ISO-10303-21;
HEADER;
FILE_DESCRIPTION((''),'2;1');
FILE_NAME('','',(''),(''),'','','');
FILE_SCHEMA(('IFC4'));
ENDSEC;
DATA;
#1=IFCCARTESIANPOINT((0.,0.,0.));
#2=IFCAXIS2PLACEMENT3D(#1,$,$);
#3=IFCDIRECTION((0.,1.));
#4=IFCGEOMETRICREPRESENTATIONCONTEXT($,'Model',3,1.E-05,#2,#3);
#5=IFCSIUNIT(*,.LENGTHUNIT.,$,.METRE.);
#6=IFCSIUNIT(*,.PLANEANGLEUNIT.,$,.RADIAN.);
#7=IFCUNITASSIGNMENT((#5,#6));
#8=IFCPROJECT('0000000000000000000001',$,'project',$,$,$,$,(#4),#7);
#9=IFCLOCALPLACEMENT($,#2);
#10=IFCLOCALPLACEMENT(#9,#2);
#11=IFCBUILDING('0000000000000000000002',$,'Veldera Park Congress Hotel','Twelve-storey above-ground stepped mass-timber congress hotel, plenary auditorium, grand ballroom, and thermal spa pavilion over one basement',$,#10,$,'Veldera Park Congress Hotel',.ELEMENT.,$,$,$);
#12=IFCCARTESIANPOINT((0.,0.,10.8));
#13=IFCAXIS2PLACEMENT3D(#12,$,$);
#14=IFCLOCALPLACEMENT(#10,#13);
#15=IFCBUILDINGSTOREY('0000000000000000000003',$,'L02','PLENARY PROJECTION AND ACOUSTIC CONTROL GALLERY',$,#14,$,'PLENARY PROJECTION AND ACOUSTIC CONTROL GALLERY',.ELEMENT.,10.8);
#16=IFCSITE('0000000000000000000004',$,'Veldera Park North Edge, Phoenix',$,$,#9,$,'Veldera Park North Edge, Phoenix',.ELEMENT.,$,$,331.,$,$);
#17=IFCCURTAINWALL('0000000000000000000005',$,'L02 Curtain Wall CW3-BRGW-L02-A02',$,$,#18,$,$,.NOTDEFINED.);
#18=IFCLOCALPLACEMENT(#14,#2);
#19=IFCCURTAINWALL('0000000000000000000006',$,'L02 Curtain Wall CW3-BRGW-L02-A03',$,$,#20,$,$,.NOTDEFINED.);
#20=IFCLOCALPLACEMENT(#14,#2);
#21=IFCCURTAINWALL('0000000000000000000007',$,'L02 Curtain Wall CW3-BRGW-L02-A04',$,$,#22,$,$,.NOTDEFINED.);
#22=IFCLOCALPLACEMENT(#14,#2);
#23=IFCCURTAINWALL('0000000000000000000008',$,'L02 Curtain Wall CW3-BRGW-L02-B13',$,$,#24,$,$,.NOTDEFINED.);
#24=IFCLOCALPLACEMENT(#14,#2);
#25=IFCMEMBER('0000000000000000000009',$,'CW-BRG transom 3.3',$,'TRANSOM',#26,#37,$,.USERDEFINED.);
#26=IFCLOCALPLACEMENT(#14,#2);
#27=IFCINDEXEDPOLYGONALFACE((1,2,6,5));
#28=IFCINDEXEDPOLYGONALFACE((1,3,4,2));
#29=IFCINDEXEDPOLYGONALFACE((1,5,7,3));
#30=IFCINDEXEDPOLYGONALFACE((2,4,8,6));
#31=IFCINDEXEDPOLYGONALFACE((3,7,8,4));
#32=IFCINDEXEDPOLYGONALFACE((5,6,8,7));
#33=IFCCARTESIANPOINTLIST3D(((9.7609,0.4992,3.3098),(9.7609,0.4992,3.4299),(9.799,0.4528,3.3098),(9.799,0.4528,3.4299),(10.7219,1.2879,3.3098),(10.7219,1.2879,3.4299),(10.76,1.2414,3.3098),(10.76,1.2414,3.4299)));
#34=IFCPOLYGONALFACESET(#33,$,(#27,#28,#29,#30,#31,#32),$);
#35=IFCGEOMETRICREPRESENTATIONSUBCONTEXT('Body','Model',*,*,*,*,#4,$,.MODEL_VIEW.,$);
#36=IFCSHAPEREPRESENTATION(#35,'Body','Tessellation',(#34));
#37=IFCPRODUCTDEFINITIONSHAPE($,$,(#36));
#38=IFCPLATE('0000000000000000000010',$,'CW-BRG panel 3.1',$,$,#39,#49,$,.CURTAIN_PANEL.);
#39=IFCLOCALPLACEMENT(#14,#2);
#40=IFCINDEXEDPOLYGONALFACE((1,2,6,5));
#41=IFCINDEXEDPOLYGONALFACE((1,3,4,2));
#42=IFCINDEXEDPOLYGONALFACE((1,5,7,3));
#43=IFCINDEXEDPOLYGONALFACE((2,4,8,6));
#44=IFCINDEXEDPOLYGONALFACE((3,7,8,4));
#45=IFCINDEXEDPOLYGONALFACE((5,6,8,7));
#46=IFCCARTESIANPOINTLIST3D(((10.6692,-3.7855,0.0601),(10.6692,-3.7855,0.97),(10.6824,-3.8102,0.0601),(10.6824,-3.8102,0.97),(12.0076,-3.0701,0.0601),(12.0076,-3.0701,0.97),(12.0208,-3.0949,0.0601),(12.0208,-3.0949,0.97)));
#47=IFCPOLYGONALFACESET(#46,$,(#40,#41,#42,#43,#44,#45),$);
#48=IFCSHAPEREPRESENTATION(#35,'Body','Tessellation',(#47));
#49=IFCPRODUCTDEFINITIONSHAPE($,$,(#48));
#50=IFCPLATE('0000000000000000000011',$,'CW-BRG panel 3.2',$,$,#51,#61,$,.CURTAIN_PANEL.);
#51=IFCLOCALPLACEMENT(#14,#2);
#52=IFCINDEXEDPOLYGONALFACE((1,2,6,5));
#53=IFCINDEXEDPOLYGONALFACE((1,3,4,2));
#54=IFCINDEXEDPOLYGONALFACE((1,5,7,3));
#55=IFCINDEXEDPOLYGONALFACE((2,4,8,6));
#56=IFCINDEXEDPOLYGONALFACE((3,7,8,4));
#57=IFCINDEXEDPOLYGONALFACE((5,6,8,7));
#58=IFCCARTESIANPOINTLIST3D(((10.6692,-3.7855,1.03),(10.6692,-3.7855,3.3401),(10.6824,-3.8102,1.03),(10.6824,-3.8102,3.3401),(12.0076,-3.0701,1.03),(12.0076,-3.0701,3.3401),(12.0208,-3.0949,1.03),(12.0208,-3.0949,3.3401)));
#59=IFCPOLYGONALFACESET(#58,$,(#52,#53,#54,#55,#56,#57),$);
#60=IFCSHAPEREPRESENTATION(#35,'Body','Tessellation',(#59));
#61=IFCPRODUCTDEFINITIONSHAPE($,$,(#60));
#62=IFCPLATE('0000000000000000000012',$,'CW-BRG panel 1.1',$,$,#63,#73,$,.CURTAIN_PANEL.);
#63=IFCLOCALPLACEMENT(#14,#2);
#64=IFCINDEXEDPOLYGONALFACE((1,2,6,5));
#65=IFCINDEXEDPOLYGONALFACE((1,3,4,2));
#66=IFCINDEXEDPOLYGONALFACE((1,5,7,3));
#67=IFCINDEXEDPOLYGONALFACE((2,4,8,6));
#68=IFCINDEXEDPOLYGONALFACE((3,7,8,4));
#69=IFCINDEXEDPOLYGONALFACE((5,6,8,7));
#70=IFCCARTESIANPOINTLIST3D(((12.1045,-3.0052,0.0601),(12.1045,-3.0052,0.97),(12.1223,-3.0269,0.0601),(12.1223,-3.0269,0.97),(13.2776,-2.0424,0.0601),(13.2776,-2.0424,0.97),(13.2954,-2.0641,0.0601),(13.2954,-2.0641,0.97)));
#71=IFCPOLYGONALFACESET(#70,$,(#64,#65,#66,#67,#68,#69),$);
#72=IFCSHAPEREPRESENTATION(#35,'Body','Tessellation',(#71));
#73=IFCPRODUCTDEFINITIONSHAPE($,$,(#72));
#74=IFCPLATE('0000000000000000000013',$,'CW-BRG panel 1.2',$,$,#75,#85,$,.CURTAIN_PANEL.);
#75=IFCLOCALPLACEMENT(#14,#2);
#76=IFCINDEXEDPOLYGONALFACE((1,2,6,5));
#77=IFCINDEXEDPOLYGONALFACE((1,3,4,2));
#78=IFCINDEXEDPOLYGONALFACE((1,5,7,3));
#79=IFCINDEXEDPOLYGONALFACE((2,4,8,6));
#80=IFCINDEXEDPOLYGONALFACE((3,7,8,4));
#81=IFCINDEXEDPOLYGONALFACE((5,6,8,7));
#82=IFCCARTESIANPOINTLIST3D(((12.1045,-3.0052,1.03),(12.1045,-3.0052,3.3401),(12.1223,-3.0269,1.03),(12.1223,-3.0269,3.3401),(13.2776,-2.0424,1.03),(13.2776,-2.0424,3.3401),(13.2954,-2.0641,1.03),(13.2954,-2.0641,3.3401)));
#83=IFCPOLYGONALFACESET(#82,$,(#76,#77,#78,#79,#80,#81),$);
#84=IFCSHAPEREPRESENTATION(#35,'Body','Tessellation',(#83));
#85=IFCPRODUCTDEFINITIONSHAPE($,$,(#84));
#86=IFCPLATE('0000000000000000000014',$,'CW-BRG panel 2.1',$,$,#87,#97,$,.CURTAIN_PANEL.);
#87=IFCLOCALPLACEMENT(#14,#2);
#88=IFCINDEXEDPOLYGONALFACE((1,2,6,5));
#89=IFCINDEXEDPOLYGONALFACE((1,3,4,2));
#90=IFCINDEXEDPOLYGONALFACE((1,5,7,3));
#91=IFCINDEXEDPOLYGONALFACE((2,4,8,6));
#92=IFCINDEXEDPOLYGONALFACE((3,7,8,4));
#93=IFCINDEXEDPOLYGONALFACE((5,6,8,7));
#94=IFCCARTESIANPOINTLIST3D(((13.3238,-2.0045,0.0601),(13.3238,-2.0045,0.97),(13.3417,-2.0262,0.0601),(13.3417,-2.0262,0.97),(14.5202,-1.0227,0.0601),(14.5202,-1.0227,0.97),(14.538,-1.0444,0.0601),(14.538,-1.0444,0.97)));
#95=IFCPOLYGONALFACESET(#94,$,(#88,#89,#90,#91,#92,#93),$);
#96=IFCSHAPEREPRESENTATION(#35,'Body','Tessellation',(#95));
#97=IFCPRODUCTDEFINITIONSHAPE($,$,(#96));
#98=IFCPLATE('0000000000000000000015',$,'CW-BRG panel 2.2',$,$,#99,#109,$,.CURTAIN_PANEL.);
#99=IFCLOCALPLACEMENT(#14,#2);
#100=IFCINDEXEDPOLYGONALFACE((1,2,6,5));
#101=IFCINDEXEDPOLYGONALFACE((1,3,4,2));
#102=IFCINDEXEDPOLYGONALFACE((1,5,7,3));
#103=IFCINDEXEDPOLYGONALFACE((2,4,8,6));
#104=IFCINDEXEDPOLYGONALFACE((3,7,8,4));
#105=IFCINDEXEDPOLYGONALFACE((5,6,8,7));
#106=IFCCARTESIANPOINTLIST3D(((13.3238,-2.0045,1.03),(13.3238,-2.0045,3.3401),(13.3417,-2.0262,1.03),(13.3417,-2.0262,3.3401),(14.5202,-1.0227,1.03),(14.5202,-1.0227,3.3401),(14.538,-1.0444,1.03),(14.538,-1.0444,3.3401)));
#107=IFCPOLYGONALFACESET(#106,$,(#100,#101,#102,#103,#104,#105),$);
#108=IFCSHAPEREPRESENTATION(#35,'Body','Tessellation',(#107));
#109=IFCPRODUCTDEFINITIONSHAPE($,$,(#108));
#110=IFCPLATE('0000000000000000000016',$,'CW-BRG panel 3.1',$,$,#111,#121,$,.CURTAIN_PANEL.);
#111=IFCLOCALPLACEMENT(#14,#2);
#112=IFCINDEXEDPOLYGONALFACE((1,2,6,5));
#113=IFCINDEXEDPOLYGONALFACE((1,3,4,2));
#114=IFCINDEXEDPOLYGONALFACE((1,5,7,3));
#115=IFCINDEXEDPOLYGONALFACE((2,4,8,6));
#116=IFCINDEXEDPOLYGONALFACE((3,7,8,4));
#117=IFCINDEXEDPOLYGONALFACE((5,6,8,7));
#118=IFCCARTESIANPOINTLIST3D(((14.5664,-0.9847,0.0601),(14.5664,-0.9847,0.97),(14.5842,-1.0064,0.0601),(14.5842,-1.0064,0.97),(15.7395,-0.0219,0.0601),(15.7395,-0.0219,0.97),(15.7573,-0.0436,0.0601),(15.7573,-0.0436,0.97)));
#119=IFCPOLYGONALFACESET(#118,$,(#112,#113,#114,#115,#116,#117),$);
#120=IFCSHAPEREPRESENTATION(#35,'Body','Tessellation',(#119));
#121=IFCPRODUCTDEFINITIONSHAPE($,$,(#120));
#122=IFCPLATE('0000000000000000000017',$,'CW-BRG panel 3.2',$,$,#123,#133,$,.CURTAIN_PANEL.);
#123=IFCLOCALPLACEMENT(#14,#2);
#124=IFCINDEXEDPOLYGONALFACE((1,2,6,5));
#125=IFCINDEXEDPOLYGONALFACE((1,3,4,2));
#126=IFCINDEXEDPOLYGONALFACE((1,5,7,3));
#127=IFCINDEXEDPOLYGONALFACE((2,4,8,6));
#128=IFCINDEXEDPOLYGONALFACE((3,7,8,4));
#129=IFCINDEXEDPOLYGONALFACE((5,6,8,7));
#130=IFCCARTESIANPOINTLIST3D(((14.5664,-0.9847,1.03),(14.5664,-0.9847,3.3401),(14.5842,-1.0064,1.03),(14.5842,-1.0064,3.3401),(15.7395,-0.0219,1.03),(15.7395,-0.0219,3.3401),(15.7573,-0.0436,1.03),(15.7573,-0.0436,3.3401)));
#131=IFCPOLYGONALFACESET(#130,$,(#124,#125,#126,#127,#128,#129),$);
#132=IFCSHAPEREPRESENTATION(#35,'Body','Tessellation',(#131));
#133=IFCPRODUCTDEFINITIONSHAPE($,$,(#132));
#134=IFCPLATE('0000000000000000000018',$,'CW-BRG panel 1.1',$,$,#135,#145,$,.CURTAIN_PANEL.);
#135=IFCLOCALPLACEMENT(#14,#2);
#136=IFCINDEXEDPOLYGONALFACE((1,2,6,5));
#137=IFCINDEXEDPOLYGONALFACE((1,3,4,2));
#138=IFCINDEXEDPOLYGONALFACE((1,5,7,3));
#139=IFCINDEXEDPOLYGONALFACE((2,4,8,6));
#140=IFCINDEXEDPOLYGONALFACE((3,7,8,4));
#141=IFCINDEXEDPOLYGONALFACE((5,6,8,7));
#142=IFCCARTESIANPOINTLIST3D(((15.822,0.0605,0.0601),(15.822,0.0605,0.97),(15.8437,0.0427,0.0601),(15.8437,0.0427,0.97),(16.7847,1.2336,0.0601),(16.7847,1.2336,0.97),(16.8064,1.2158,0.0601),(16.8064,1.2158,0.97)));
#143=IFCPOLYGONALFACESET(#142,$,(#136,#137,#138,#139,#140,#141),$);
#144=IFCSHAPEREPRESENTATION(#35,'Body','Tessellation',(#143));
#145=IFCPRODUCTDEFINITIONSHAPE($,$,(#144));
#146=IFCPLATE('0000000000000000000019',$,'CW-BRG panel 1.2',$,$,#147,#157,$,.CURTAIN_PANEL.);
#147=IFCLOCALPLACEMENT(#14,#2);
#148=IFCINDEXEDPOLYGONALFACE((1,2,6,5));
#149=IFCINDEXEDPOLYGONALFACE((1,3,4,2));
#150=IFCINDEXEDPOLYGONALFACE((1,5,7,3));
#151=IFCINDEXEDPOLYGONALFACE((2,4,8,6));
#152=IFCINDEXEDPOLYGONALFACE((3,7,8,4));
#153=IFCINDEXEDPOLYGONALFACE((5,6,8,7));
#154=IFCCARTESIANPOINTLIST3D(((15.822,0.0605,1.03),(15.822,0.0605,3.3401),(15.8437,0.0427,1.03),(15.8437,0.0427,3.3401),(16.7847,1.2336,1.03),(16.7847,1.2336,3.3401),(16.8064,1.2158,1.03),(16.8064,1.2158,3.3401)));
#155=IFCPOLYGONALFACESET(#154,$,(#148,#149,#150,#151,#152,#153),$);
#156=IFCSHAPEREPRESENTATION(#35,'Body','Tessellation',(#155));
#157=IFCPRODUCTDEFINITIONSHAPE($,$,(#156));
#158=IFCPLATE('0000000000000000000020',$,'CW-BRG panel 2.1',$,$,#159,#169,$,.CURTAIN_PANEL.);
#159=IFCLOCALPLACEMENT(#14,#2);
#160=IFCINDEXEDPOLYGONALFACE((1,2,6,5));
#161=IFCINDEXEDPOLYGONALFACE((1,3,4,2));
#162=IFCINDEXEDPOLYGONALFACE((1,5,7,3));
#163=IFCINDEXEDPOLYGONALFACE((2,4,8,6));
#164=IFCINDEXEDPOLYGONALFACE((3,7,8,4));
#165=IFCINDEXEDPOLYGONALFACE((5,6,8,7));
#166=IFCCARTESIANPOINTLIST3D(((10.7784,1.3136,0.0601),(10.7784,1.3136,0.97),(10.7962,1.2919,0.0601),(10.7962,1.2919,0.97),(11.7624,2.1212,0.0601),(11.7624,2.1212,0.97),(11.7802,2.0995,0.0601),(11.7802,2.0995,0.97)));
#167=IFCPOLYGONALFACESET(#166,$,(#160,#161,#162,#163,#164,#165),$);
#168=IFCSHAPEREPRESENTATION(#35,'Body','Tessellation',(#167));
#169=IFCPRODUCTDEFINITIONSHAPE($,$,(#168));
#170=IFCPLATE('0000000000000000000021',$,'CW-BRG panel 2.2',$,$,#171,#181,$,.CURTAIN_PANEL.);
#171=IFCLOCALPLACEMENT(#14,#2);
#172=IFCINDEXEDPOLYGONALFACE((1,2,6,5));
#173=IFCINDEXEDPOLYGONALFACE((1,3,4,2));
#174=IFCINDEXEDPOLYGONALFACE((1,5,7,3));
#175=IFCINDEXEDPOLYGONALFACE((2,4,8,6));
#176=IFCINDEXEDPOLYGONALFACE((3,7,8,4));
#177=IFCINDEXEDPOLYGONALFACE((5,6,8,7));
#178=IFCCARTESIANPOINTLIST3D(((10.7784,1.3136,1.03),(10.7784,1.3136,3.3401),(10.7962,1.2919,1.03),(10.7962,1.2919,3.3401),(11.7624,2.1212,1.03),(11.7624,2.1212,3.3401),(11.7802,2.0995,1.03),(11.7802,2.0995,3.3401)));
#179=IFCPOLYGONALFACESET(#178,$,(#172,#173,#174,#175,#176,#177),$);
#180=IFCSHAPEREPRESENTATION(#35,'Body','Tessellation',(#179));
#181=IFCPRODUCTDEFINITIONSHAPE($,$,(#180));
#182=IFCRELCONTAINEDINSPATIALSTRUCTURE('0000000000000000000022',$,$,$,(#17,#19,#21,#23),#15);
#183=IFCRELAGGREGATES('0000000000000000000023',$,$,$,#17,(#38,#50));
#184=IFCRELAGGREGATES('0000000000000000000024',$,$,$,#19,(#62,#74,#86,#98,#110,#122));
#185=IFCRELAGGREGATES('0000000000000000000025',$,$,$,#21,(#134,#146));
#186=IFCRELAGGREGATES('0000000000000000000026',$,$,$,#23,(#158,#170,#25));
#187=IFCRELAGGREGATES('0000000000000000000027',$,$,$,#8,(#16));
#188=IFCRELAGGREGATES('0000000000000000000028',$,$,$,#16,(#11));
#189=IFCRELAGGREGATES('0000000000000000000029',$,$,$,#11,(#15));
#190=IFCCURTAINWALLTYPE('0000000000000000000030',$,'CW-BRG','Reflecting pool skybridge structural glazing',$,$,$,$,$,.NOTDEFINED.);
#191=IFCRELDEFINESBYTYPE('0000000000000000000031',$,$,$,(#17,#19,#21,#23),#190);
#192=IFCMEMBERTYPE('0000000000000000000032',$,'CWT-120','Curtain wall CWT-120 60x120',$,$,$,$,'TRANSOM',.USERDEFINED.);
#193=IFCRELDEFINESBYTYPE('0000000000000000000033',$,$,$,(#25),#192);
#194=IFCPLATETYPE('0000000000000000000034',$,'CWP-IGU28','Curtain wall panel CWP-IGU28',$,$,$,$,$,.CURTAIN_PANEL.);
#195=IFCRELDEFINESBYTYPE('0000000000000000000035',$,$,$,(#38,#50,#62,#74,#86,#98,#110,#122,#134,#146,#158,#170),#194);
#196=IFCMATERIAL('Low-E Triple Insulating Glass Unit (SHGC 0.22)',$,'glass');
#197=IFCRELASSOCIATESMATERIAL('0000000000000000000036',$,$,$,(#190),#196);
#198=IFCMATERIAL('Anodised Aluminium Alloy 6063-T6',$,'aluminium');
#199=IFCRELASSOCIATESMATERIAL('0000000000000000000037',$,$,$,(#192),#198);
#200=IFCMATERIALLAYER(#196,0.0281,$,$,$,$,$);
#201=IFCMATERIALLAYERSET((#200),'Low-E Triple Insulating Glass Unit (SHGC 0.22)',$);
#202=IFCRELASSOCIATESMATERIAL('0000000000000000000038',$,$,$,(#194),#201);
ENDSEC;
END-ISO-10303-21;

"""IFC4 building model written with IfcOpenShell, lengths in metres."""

from ifc_helpers import new_model, si_unit, direction, frame, origin, origin_2d, place, context, subcontext, project, spatial, rectangle, extrude, material, layer, layer_set, material_profile, profile_set, type_object, element, aggregate, save


model = new_model("IFC4")

# Units and contexts
model_context = context("Model", 3, precision=1e-05, world=origin(), true_north=direction((0.0, 1.0)))
body_context = subcontext(model_context, "Body", "Model", "MODEL_VIEW")
ifc_project = project(units=[si_unit("LENGTHUNIT", "METRE"), si_unit("PLANEANGLEUNIT", "RADIAN")], contexts=[model_context])

# Site, building, storey
site_placement = place(None, origin())
site = spatial("IfcSite", under=ifc_project, at=site_placement, Name="Veldera Park North Edge, Phoenix", LongName="Veldera Park North Edge, Phoenix", CompositionType="ELEMENT", RefElevation=331.0)
building_placement = place(site_placement, origin())
building = spatial("IfcBuilding", under=site, at=building_placement, Name="Veldera Park Congress Hotel", Description="Twelve-storey above-ground stepped mass-timber congress hotel, plenary auditorium, grand ballroom, and thermal spa pavilion over one basement", LongName="Veldera Park Congress Hotel", CompositionType="ELEMENT")
storey_placement = place(building_placement, frame((0.0, 0.0, 10.8)))
storey = spatial("IfcBuildingStorey", under=building, at=storey_placement, Name="L02", Description="PLENARY PROJECTION AND ACOUSTIC CONTROL GALLERY", LongName="PLENARY PROJECTION AND ACOUSTIC CONTROL GALLERY", CompositionType="ELEMENT", Elevation=10.8)

# Curtain wall
ifc_material_1 = material(Name="Low-E Triple Insulating Glass Unit (SHGC 0.22)", Category="glass")
curtain_wall_type = type_object("IfcCurtainWallType", Name="CW-BRG", Description="Reflecting pool skybridge structural glazing", PredefinedType="NOTDEFINED", material=ifc_material_1)
curtain_wall_1_placement = place(storey_placement, origin())
curtain_wall_1 = element("IfcCurtainWall", 1, at=curtain_wall_1_placement, inside=storey, type_object=curtain_wall_type, Name="L02 Curtain Wall CW3-BRGW-L02-A02", PredefinedType="NOTDEFINED")
ifc_material_2 = material(Name="Anodised Aluminium Alloy 6063-T6", Category="aluminium")

# Curtain wall
curtain_wall_2_placement = place(storey_placement, origin())
curtain_wall_2 = element("IfcCurtainWall", 2, at=curtain_wall_2_placement, inside=storey, type_object=curtain_wall_type, Name="L02 Curtain Wall CW3-BRGW-L02-A03", PredefinedType="NOTDEFINED")

# Curtain wall
curtain_wall_3_placement = place(storey_placement, origin())
curtain_wall_3 = element("IfcCurtainWall", 3, at=curtain_wall_3_placement, inside=storey, type_object=curtain_wall_type, Name="L02 Curtain Wall CW3-BRGW-L02-A04", PredefinedType="NOTDEFINED")

# Curtain wall
curtain_wall_4_placement = place(storey_placement, origin())
curtain_wall_4 = element("IfcCurtainWall", 4, at=curtain_wall_4_placement, inside=storey, type_object=curtain_wall_type, Name="L02 Curtain Wall CW3-BRGW-L02-B13", PredefinedType="NOTDEFINED")

# Member
ifc_material_profile_1 = material_profile(ifc_material_2, rectangle(XDim=0.0601, YDim=0.1201, at=origin_2d()), Name="ALU 60x120")
ifc_profile_set_1 = profile_set([ifc_material_profile_1], Name="Anodised Aluminium Alloy 6063-T6")
member_type_1 = type_object("IfcMemberType", Name="CWT-120", Description="Curtain wall CWT-120 60x120", ElementType="TRANSOM", PredefinedType="USERDEFINED", material=ifc_profile_set_1)
member_1_placement = place(storey_placement, frame((10.741, 1.2646, 3.3699), z_axis=(-0.773029, -0.634371, 0.0), x_axis=(0.634371, -0.773029, 0.0)))
member_1 = element("IfcMember", 5, at=member_1_placement, type_object=member_type_1, Name="CW-BRG transom 3.3", ObjectType="TRANSOM", PredefinedType="USERDEFINED", context=body_context, shape_type="SweptSolid", body=[
    extrude(rectangle(XDim=0.0601, YDim=0.1201, at=origin_2d()), origin(), (0.0, 0.0, 1.0), 1.2432),
])

# Plates
ifc_layer = layer(ifc_material_1, 0.0281)
ifc_layer_set = layer_set([ifc_layer], Name="Low-E Triple Insulating Glass Unit (SHGC 0.22)")
plate_type = type_object("IfcPlateType", Name="CWP-IGU28", Description="Curtain wall panel CWP-IGU28", PredefinedType="CURTAIN_PANEL", material=ifc_layer_set)
plate_1_placement = place(storey_placement, frame((11.345, -3.4402, 0.0601), z_axis=(0.0, 0.0, 1.0), x_axis=(0.881928, 0.471385, 0.0)))
plate_1 = element("IfcPlate", 6, at=plate_1_placement, type_object=plate_type, Name="CW-BRG panel 3.1", PredefinedType="CURTAIN_PANEL", context=body_context, shape_type="SweptSolid", body=[
    extrude(rectangle(XDim=1.5176, YDim=0.0281, at=origin_2d()), origin(), (0.0, 0.0, 1.0), 0.9099),
])
plate_2_placement = place(storey_placement, frame((11.345, -3.4402, 1.03), z_axis=(0.0, 0.0, 1.0), x_axis=(0.881928, 0.471385, 0.0)))
plate_2 = element("IfcPlate", 7, at=plate_2_placement, type_object=plate_type, Name="CW-BRG panel 3.2", PredefinedType="CURTAIN_PANEL", context=body_context, shape_type="SweptSolid", body=[
    extrude(rectangle(XDim=1.5176, YDim=0.0281, at=origin_2d()), origin(), (0.0, 0.0, 1.0), 2.3101),
])
aggregate(curtain_wall_1, [plate_1, plate_2])
plate_3_placement = place(storey_placement, frame((12.7, -2.5347, 0.0601), z_axis=(0.0, 0.0, 1.0), x_axis=(0.773003, 0.634402, 0.0)))
plate_3 = element("IfcPlate", 8, at=plate_3_placement, type_object=plate_type, Name="CW-BRG panel 1.1", PredefinedType="CURTAIN_PANEL", context=body_context, shape_type="SweptSolid", body=[
    extrude(rectangle(XDim=1.5176, YDim=0.0281, at=origin_2d()), origin(), (0.0, 0.0, 1.0), 0.9099),
])
plate_4_placement = place(storey_placement, frame((12.7, -2.5347, 1.03), z_axis=(0.0, 0.0, 1.0), x_axis=(0.773003, 0.634402, 0.0)))
plate_4 = element("IfcPlate", 9, at=plate_4_placement, type_object=plate_type, Name="CW-BRG panel 1.2", PredefinedType="CURTAIN_PANEL", context=body_context, shape_type="SweptSolid", body=[
    extrude(rectangle(XDim=1.5176, YDim=0.0281, at=origin_2d()), origin(), (0.0, 0.0, 1.0), 2.3101),
])
plate_5_placement = place(storey_placement, frame((13.9309, -1.5244, 0.0601), z_axis=(0.0, 0.0, 1.0), x_axis=(0.773003, 0.634402, 0.0)))
plate_5 = element("IfcPlate", 10, at=plate_5_placement, type_object=plate_type, Name="CW-BRG panel 2.1", PredefinedType="CURTAIN_PANEL", context=body_context, shape_type="SweptSolid", body=[
    extrude(rectangle(XDim=1.5476, YDim=0.0281, at=origin_2d()), origin(), (0.0, 0.0, 1.0), 0.9099),
])
plate_6_placement = place(storey_placement, frame((13.9309, -1.5244, 1.03), z_axis=(0.0, 0.0, 1.0), x_axis=(0.773003, 0.634402, 0.0)))
plate_6 = element("IfcPlate", 11, at=plate_6_placement, type_object=plate_type, Name="CW-BRG panel 2.2", PredefinedType="CURTAIN_PANEL", context=body_context, shape_type="SweptSolid", body=[
    extrude(rectangle(XDim=1.5476, YDim=0.0281, at=origin_2d()), origin(), (0.0, 0.0, 1.0), 2.3101),
])
plate_7_placement = place(storey_placement, frame((15.1619, -0.5142, 0.0601), z_axis=(0.0, 0.0, 1.0), x_axis=(0.773003, 0.634402, 0.0)))
plate_7 = element("IfcPlate", 12, at=plate_7_placement, type_object=plate_type, Name="CW-BRG panel 3.1", PredefinedType="CURTAIN_PANEL", context=body_context, shape_type="SweptSolid", body=[
    extrude(rectangle(XDim=1.5176, YDim=0.0281, at=origin_2d()), origin(), (0.0, 0.0, 1.0), 0.9099),
])
plate_8_placement = place(storey_placement, frame((15.1619, -0.5142, 1.03), z_axis=(0.0, 0.0, 1.0), x_axis=(0.773003, 0.634402, 0.0)))
plate_8 = element("IfcPlate", 13, at=plate_8_placement, type_object=plate_type, Name="CW-BRG panel 3.2", PredefinedType="CURTAIN_PANEL", context=body_context, shape_type="SweptSolid", body=[
    extrude(rectangle(XDim=1.5176, YDim=0.0281, at=origin_2d()), origin(), (0.0, 0.0, 1.0), 2.3101),
])
aggregate(curtain_wall_2, [plate_3, plate_4, plate_5, plate_6, plate_7, plate_8])
plate_9_placement = place(storey_placement, frame((16.3142, 0.6382, 0.0601), z_axis=(0.0, 0.0, 1.0), x_axis=(0.634402, 0.773003, 0.0)))
plate_9 = element("IfcPlate", 14, at=plate_9_placement, type_object=plate_type, Name="CW-BRG panel 1.1", PredefinedType="CURTAIN_PANEL", context=body_context, shape_type="SweptSolid", body=[
    extrude(rectangle(XDim=1.5176, YDim=0.0281, at=origin_2d()), origin(), (0.0, 0.0, 1.0), 0.9099),
])
plate_10_placement = place(storey_placement, frame((16.3142, 0.6382, 1.03), z_axis=(0.0, 0.0, 1.0), x_axis=(0.634402, 0.773003, 0.0)))
plate_10 = element("IfcPlate", 15, at=plate_10_placement, type_object=plate_type, Name="CW-BRG panel 1.2", PredefinedType="CURTAIN_PANEL", context=body_context, shape_type="SweptSolid", body=[
    extrude(rectangle(XDim=1.5176, YDim=0.0281, at=origin_2d()), origin(), (0.0, 0.0, 1.0), 2.3101),
])
aggregate(curtain_wall_3, [plate_9, plate_10])
plate_11_placement = place(storey_placement, frame((11.2793, 1.7065, 0.0601), z_axis=(0.0, 0.0, 1.0), x_axis=(-0.773016, -0.634386, 0.0)))
plate_11 = element("IfcPlate", 16, at=plate_11_placement, type_object=plate_type, Name="CW-BRG panel 2.1", PredefinedType="CURTAIN_PANEL", context=body_context, shape_type="SweptSolid", body=[
    extrude(rectangle(XDim=1.2729, YDim=0.0281, at=origin_2d()), origin(), (0.0, 0.0, 1.0), 0.9099),
])
plate_12_placement = place(storey_placement, frame((11.2793, 1.7065, 1.03), z_axis=(0.0, 0.0, 1.0), x_axis=(-0.773016, -0.634386, 0.0)))
plate_12 = element("IfcPlate", 17, at=plate_12_placement, type_object=plate_type, Name="CW-BRG panel 2.2", PredefinedType="CURTAIN_PANEL", context=body_context, shape_type="SweptSolid", body=[
    extrude(rectangle(XDim=1.2729, YDim=0.0281, at=origin_2d()), origin(), (0.0, 0.0, 1.0), 2.3101),
])
aggregate(curtain_wall_4, [plate_11, plate_12, member_1])

save(model, "model.ifc")
